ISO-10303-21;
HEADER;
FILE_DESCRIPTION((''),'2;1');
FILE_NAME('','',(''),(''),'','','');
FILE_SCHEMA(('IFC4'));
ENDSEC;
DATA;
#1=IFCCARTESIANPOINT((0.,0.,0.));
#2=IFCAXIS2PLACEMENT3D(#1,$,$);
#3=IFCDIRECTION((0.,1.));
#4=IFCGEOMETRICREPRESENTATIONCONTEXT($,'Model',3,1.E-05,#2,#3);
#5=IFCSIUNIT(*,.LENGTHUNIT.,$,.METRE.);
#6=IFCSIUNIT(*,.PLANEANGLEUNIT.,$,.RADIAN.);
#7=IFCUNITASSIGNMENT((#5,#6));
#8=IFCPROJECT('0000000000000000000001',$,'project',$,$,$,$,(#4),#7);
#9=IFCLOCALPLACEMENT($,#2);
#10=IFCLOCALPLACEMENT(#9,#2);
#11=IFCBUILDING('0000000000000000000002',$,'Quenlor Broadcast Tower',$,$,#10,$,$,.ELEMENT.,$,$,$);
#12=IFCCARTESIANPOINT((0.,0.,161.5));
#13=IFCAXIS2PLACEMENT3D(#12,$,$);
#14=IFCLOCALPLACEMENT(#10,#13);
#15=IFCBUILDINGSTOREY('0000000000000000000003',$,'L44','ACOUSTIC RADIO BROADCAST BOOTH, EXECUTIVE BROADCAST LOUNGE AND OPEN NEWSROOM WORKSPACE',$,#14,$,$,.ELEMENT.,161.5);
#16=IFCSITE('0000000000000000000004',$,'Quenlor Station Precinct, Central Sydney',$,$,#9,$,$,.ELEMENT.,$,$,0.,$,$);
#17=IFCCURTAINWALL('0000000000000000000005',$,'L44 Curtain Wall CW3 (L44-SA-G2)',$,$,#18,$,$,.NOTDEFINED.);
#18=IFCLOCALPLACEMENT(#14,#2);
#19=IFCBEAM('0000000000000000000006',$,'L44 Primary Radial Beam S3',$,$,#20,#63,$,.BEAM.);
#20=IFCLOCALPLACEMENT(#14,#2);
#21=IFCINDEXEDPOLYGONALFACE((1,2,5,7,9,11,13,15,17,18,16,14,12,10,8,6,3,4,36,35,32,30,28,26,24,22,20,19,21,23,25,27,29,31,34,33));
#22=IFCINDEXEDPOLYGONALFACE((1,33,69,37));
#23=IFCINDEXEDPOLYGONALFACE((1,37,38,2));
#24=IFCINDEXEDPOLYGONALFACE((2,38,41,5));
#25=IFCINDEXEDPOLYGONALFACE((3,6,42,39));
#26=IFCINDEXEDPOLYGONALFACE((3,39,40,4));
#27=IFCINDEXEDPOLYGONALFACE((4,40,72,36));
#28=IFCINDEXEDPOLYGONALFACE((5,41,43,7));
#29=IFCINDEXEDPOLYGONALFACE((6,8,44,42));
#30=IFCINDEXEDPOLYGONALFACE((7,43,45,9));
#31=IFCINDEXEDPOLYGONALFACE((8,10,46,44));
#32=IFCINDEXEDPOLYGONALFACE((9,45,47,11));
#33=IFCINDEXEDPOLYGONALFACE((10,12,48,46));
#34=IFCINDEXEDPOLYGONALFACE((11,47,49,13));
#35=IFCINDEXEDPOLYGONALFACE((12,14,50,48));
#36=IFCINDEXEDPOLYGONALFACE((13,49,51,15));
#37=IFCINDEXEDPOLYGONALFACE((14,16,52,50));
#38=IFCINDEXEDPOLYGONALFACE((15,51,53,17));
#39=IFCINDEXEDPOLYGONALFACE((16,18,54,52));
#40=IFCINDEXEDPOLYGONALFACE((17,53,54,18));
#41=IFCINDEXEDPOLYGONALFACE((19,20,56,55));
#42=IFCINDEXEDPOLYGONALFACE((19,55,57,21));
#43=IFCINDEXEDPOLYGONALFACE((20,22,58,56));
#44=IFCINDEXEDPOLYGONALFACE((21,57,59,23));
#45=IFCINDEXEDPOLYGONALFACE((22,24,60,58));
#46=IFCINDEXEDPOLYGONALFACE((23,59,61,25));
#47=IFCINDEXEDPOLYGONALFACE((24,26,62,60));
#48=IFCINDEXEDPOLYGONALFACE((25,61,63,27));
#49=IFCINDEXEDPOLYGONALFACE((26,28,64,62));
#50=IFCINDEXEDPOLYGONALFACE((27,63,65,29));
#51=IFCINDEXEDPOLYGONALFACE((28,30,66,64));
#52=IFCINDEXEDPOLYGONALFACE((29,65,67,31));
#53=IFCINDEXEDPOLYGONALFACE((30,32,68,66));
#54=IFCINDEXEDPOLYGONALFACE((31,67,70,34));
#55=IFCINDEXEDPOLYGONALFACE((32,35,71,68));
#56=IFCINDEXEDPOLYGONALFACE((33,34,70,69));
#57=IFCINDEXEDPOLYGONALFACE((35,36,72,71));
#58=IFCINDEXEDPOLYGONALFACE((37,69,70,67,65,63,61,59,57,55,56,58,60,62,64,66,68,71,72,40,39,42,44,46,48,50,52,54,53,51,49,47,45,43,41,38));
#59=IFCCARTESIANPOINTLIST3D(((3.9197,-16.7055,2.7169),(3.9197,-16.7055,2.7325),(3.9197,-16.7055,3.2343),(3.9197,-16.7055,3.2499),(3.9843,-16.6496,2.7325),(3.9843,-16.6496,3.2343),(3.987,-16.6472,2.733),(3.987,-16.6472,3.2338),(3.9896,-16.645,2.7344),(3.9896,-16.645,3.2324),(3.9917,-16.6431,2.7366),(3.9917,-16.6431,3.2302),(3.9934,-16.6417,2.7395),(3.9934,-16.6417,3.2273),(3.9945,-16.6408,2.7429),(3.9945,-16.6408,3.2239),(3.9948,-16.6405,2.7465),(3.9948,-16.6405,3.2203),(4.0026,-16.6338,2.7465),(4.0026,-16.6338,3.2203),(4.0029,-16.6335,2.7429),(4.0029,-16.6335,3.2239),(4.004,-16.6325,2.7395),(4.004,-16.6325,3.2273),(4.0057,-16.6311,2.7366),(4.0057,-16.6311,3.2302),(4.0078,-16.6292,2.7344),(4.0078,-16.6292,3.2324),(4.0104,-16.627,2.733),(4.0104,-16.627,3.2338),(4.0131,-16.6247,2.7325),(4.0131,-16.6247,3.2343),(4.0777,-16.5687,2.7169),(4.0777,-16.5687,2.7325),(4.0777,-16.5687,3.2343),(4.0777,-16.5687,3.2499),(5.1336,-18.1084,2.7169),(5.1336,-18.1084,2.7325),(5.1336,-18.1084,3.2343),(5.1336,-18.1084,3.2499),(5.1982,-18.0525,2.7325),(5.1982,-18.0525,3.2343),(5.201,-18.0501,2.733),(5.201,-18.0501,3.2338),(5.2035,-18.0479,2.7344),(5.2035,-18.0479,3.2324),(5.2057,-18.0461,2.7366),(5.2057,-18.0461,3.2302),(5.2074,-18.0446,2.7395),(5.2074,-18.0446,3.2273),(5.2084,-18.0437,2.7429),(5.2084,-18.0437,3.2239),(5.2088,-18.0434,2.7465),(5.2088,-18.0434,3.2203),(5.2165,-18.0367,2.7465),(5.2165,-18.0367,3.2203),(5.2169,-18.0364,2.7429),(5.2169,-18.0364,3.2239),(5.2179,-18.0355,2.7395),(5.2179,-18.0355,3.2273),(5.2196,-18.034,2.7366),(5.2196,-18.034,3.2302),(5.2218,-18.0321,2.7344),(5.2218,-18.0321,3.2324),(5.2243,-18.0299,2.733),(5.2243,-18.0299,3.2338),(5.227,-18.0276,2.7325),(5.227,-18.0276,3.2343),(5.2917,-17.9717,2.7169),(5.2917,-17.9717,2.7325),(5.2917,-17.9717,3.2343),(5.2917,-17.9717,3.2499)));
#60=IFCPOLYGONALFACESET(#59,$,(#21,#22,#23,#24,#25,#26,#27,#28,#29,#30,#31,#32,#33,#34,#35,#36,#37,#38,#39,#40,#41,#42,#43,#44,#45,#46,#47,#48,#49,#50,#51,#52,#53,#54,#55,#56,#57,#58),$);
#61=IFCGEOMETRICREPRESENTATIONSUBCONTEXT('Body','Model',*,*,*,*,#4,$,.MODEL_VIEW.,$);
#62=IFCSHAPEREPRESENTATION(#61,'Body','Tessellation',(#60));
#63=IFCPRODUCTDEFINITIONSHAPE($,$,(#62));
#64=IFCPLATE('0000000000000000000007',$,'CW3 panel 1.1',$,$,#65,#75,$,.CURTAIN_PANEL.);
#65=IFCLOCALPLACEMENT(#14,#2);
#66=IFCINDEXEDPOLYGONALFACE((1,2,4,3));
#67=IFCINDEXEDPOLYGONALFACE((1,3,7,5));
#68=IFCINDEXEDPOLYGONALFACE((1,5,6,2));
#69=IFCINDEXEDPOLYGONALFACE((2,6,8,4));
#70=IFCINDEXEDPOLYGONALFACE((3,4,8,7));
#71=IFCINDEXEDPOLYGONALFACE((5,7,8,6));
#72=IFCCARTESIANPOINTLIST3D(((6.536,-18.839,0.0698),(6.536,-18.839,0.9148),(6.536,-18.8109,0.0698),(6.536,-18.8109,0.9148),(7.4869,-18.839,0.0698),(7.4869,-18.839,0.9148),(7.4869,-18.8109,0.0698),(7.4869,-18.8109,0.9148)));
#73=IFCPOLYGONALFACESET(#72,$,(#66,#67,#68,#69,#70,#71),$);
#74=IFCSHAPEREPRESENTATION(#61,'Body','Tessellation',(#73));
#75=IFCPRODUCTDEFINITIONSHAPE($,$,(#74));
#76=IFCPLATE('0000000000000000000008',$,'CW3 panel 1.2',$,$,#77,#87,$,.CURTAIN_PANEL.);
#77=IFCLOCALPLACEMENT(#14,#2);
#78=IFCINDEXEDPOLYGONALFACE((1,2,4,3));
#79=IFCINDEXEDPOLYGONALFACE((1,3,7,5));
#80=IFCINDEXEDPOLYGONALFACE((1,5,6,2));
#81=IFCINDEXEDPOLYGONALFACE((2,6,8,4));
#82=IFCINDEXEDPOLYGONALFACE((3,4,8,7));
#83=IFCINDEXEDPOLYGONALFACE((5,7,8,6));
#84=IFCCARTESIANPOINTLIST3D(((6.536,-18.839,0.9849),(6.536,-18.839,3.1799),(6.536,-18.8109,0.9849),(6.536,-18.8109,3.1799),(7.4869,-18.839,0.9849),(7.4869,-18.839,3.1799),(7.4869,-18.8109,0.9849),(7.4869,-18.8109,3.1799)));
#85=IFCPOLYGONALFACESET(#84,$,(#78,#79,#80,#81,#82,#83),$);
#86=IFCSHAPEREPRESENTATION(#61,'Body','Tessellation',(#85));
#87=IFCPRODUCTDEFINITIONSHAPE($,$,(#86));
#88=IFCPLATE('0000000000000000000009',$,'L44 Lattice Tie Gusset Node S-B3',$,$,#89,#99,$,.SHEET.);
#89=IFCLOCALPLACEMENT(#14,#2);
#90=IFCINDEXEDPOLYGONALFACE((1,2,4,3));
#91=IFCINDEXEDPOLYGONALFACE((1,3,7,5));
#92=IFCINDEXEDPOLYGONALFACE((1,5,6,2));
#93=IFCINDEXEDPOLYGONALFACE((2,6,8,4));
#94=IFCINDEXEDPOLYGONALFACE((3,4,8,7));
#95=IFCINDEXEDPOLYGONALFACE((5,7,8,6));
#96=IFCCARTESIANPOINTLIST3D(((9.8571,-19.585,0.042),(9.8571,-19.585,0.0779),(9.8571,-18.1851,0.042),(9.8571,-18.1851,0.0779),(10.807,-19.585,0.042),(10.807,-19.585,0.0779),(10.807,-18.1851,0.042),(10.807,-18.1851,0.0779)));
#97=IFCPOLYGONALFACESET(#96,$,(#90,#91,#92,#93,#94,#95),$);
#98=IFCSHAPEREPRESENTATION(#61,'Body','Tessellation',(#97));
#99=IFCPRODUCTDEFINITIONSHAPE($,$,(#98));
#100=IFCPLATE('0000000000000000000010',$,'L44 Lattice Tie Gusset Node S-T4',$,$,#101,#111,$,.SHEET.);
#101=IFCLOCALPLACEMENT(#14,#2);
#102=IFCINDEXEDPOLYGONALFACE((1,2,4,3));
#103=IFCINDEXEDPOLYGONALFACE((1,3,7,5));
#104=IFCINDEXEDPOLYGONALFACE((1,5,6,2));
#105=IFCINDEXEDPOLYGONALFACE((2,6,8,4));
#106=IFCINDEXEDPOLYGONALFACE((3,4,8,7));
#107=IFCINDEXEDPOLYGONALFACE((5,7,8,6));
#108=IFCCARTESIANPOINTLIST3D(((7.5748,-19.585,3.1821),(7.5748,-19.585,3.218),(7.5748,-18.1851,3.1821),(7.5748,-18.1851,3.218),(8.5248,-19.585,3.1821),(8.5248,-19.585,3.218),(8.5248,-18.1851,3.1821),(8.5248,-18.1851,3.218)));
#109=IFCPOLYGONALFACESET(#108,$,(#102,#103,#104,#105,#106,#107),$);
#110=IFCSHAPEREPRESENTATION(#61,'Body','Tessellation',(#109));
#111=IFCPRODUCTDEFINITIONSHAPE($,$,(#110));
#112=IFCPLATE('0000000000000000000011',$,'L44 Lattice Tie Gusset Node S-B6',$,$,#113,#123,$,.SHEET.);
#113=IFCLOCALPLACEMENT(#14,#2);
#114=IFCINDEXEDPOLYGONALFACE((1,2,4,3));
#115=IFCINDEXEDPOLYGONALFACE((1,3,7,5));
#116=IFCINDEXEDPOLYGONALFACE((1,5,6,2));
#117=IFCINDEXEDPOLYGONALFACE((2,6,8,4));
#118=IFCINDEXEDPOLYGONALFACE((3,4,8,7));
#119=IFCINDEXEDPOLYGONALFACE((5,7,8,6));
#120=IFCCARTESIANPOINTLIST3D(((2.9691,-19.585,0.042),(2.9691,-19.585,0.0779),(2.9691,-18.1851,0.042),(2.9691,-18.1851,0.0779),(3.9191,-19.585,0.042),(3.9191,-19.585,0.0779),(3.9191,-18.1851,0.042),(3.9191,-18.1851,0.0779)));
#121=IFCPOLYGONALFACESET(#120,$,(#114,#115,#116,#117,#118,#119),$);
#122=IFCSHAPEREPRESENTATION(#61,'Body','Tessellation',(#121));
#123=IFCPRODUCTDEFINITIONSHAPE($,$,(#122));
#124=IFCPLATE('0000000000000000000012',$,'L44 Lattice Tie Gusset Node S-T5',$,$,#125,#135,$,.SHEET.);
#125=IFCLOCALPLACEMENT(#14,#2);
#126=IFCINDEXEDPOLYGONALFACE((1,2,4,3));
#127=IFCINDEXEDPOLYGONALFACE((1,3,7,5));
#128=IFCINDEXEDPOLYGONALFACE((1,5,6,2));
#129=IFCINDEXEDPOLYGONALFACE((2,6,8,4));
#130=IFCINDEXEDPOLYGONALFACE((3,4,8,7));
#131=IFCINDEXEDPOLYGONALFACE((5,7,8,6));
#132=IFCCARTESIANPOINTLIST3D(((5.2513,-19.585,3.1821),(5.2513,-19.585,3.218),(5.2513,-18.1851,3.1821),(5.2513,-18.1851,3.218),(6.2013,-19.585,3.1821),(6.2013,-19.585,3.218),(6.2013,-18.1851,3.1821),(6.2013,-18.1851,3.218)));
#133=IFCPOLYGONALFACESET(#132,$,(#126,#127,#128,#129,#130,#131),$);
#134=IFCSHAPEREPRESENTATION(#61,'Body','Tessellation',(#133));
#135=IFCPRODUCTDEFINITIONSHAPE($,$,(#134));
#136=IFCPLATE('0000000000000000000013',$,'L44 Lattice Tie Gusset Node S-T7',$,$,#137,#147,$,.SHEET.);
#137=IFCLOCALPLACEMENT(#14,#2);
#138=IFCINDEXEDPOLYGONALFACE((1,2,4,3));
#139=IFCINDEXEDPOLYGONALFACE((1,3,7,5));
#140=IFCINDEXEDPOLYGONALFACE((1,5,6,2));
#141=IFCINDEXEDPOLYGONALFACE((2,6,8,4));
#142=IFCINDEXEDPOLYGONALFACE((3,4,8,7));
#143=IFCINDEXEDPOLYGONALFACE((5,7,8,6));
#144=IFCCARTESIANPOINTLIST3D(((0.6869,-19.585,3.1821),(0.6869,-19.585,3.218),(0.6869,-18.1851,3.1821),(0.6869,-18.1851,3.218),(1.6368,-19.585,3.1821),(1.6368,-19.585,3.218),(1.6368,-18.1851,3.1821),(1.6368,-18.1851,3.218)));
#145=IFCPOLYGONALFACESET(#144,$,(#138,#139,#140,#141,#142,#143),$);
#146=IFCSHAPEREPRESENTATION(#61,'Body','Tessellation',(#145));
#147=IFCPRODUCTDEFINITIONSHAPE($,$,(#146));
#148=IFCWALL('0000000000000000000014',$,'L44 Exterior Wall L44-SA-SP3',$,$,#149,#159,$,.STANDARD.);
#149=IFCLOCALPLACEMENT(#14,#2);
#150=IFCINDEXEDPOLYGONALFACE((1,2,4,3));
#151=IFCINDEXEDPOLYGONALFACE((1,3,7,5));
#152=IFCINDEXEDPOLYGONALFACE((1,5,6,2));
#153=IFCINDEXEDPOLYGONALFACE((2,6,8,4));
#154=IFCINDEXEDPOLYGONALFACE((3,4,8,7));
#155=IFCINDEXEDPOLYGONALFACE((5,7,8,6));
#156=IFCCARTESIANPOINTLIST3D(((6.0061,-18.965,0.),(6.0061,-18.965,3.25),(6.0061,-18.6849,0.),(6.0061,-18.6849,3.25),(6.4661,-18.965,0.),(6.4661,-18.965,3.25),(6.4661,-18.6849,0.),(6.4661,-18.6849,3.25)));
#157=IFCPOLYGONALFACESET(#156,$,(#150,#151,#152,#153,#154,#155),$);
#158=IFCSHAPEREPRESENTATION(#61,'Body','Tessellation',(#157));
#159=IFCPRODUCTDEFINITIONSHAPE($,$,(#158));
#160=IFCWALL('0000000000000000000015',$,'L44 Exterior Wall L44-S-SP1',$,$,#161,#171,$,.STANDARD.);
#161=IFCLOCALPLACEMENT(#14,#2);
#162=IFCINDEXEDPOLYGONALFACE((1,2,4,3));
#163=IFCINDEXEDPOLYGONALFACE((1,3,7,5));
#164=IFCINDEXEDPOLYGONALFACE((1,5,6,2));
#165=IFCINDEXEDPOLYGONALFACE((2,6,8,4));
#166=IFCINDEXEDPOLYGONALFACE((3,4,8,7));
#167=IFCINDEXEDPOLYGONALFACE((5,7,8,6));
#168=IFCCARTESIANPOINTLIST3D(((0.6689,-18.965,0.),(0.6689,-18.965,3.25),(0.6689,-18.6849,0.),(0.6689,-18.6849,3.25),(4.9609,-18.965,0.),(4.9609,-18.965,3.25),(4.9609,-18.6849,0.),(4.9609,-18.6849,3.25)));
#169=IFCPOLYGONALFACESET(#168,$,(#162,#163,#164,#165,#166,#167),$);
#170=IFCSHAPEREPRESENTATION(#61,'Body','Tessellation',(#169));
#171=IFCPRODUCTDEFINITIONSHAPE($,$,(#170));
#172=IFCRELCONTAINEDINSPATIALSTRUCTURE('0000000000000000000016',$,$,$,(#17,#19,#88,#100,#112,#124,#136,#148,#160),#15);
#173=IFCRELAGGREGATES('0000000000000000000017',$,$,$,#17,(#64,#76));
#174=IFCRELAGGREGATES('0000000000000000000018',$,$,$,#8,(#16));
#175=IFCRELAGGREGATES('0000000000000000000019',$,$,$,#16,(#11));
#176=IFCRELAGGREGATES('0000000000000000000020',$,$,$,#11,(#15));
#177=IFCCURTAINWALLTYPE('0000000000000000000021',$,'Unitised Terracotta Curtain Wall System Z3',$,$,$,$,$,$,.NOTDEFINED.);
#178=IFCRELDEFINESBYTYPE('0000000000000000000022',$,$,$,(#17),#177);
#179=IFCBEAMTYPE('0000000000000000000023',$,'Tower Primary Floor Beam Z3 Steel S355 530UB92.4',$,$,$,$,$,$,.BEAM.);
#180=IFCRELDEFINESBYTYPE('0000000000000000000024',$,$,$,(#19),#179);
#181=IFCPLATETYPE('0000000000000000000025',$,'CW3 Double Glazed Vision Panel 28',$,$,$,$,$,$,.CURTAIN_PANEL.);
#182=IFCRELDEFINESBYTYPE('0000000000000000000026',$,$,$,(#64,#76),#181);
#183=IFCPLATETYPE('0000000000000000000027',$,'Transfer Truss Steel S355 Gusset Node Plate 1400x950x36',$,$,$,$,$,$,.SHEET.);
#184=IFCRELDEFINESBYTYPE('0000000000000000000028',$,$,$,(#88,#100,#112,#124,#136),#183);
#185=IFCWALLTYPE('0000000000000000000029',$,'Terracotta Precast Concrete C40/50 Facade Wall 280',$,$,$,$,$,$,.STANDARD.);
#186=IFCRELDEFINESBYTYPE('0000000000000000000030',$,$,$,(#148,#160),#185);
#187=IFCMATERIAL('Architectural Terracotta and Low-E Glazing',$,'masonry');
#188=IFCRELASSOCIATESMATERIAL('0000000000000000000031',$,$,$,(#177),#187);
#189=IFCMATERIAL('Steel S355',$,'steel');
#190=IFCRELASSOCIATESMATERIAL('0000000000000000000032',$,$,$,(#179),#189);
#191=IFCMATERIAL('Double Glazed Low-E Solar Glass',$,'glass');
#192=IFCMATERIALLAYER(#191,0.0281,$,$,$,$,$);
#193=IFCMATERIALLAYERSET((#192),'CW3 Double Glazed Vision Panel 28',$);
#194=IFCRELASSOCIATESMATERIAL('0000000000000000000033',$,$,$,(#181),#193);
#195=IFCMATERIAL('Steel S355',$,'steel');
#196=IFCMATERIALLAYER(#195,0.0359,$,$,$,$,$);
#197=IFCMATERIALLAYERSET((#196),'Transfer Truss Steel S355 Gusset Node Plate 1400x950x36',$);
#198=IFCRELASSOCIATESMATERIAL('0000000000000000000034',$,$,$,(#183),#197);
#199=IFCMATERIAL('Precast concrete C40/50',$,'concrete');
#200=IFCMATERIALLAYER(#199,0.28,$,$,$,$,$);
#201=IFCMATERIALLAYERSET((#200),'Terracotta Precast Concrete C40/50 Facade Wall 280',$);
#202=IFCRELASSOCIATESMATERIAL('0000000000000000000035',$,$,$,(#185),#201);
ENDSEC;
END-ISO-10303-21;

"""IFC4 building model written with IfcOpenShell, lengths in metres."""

from ifc_helpers import new_model, si_unit, direction, frame, frame_2d, origin, origin_2d, place, context, subcontext, project, spatial, rectangle, i_section, extrude, material, layer, layer_set, material_profile, profile_set, type_object, element, aggregate, save


model = new_model("IFC4")

# Units and contexts
model_context = context("Model", 3, precision=1e-05, world=origin(), true_north=direction((0.0, 1.0)))
body_context = subcontext(model_context, "Body", "Model", "MODEL_VIEW")
ifc_project = project(units=[si_unit("LENGTHUNIT", "METRE"), si_unit("PLANEANGLEUNIT", "RADIAN")], contexts=[model_context])

# Site, building, storey
site_placement = place(None, origin())
site = spatial("IfcSite", under=ifc_project, at=site_placement, Name="Quenlor Station Precinct, Central Sydney", CompositionType="ELEMENT", RefElevation=0.0)
building_placement = place(site_placement, origin())
building = spatial("IfcBuilding", under=site, at=building_placement, Name="Quenlor Broadcast Tower", CompositionType="ELEMENT")
storey_placement = place(building_placement, frame((0.0, 0.0, 161.5)))
storey = spatial("IfcBuildingStorey", under=building, at=storey_placement, Name="L44", Description="ACOUSTIC RADIO BROADCAST BOOTH, EXECUTIVE BROADCAST LOUNGE AND OPEN NEWSROOM WORKSPACE", CompositionType="ELEMENT", Elevation=161.5)

# Curtain wall
ifc_material_1 = material(Name="Architectural Terracotta and Low-E Glazing", Category="masonry")
curtain_wall_type = type_object("IfcCurtainWallType", Name="Unitised Terracotta Curtain Wall System Z3", PredefinedType="NOTDEFINED", material=ifc_material_1)
curtain_wall_1_placement = place(storey_placement, origin())
curtain_wall_1 = element("IfcCurtainWall", 1, at=curtain_wall_1_placement, inside=storey, type_object=curtain_wall_type, Name="L44 Curtain Wall CW3 (L44-SA-G2)", PredefinedType="NOTDEFINED")

# Beam
ifc_material_2 = material(Name="Steel S355", Category="steel")
ifc_material_profile_1 = material_profile(ifc_material_2, i_section(OverallWidth=0.209, OverallDepth=0.533, WebThickness=0.0103, FlangeThickness=0.0156, FilletRadius=0.0139, at=origin_2d()))
ifc_profile_set_1 = profile_set([ifc_material_profile_1], Name="Steel S355 530UB92.4")
beam_type_1 = type_object("IfcBeamType", Name="Tower Primary Floor Beam Z3 Steel S355 530UB92.4", PredefinedType="BEAM", material=ifc_profile_set_1)
beam_1_placement = place(storey_placement, frame((5.2126, -18.04, 2.9834), z_axis=(-0.654339, 0.756201, 0.0), x_axis=(-0.756201, -0.654339, 0.0)))
element("IfcBeam", 2, at=beam_1_placement, inside=storey, type_object=beam_type_1, Name="L44 Primary Radial Beam S3", PredefinedType="BEAM", context=body_context, shape_type="SweptSolid", body=[
    extrude(i_section(OverallWidth=0.209, OverallDepth=0.533, WebThickness=0.0103, FlangeThickness=0.0156, FilletRadius=0.0139, at=origin_2d()), origin(), (0.0, 0.0, 1.0), 1.8552),
])

# Plates
ifc_material_3 = material(Name="Double Glazed Low-E Solar Glass", Category="glass")
ifc_layer_1 = layer(ifc_material_3, 0.0281)
ifc_layer_set_1 = layer_set([ifc_layer_1], Name="CW3 Double Glazed Vision Panel 28")
plate_type_1 = type_object("IfcPlateType", Name="CW3 Double Glazed Vision Panel 28", PredefinedType="CURTAIN_PANEL", material=ifc_layer_set_1)
plate_1_placement = place(storey_placement, frame((7.0115, -18.825, 0.0698), z_axis=(0.0, 0.0, 1.0), x_axis=(-1.0, 0.0, 0.0)))
plate_1 = element("IfcPlate", 3, at=plate_1_placement, type_object=plate_type_1, Name="CW3 panel 1.1", PredefinedType="CURTAIN_PANEL", context=body_context, shape_type="SweptSolid", body=[
    extrude(rectangle(XDim=0.9509, YDim=0.0281, at=origin_2d()), origin(), (0.0, 0.0, 1.0), 0.845),
])
plate_2_placement = place(storey_placement, frame((7.0115, -18.825, 0.9849), z_axis=(0.0, 0.0, 1.0), x_axis=(-1.0, 0.0, 0.0)))
plate_2 = element("IfcPlate", 4, at=plate_2_placement, type_object=plate_type_1, Name="CW3 panel 1.2", PredefinedType="CURTAIN_PANEL", context=body_context, shape_type="SweptSolid", body=[
    extrude(rectangle(XDim=0.9509, YDim=0.0281, at=origin_2d()), origin(), (0.0, 0.0, 1.0), 2.1951),
])
aggregate(curtain_wall_1, [plate_1, plate_2])

# Plates
ifc_material_4 = material(Name="Steel S355", Category="steel")
ifc_layer_2 = layer(ifc_material_4, 0.0359)
ifc_layer_set_2 = layer_set([ifc_layer_2], Name="Transfer Truss Steel S355 Gusset Node Plate 1400x950x36")
plate_type_2 = type_object("IfcPlateType", Name="Transfer Truss Steel S355 Gusset Node Plate 1400x950x36", PredefinedType="SHEET", material=ifc_layer_set_2)
for number, where, z_axis, x_axis, name in (
    (5, (10.332, -18.885, 0.042), (0.0, 0.0, 1.0), (0.0, -1.0, 0.0), "L44 Lattice Tie Gusset Node S-B3"),
    (6, (8.0498, -18.885, 3.1821), (0.0, 0.0, 1.0), (0.0, -1.0, 0.0), "L44 Lattice Tie Gusset Node S-T4"),
    (7, (3.4441, -18.885, 0.042), (0.0, 0.0, 1.0), (0.0, -1.0, 0.0), "L44 Lattice Tie Gusset Node S-B6"),
    (8, (5.7263, -18.885, 3.1821), (0.0, 0.0, 1.0), (0.0, -1.0, 0.0), "L44 Lattice Tie Gusset Node S-T5"),
    (9, (1.1619, -18.885, 3.1821), (0.0, 0.0, 1.0), (0.0, -1.0, 0.0), "L44 Lattice Tie Gusset Node S-T7"),
):
    element("IfcPlate", number, at=place(storey_placement, frame(where, z_axis=z_axis, x_axis=x_axis)), inside=storey, type_object=plate_type_2, Name=name, PredefinedType="SHEET", context=body_context, shape_type="SweptSolid", body=[
        extrude(rectangle(XDim=1.3999, YDim=0.95, at=origin_2d()), origin(), (0.0, 0.0, 1.0), 0.0359),
    ])

# Walls
ifc_material_5 = material(Name="Precast concrete C40/50", Category="concrete")
ifc_layer_3 = layer(ifc_material_5, 0.28)
ifc_layer_set_3 = layer_set([ifc_layer_3], Name="Terracotta Precast Concrete C40/50 Facade Wall 280")
wall_type = type_object("IfcWallType", Name="Terracotta Precast Concrete C40/50 Facade Wall 280", PredefinedType="STANDARD", material=ifc_layer_set_3)
wall_1_placement = place(storey_placement, frame((6.4661, -18.825, 0.0), z_axis=(0.0, 0.0, 1.0), x_axis=(-1.0, 0.0, 0.0)))
element("IfcWall", 10, at=wall_1_placement, inside=storey, type_object=wall_type, Name="L44 Exterior Wall L44-SA-SP3", PredefinedType="STANDARD", context=body_context, shape_type="SweptSolid", body=[
    extrude(rectangle(XDim=0.46, YDim=0.28, at=frame_2d((0.23, 0.0))), origin(), (0.0, 0.0, 1.0), 3.25),
])
wall_2_placement = place(storey_placement, frame((4.9609, -18.825, 0.0), z_axis=(0.0, 0.0, 1.0), x_axis=(-1.0, 0.0, 0.0)))
element("IfcWall", 11, at=wall_2_placement, inside=storey, type_object=wall_type, Name="L44 Exterior Wall L44-S-SP1", PredefinedType="STANDARD", context=body_context, shape_type="SweptSolid", body=[
    extrude(rectangle(XDim=4.292, YDim=0.28, at=frame_2d((2.146, 0.0))), origin(), (0.0, 0.0, 1.0), 3.25),
])

save(model, "model.ifc")
